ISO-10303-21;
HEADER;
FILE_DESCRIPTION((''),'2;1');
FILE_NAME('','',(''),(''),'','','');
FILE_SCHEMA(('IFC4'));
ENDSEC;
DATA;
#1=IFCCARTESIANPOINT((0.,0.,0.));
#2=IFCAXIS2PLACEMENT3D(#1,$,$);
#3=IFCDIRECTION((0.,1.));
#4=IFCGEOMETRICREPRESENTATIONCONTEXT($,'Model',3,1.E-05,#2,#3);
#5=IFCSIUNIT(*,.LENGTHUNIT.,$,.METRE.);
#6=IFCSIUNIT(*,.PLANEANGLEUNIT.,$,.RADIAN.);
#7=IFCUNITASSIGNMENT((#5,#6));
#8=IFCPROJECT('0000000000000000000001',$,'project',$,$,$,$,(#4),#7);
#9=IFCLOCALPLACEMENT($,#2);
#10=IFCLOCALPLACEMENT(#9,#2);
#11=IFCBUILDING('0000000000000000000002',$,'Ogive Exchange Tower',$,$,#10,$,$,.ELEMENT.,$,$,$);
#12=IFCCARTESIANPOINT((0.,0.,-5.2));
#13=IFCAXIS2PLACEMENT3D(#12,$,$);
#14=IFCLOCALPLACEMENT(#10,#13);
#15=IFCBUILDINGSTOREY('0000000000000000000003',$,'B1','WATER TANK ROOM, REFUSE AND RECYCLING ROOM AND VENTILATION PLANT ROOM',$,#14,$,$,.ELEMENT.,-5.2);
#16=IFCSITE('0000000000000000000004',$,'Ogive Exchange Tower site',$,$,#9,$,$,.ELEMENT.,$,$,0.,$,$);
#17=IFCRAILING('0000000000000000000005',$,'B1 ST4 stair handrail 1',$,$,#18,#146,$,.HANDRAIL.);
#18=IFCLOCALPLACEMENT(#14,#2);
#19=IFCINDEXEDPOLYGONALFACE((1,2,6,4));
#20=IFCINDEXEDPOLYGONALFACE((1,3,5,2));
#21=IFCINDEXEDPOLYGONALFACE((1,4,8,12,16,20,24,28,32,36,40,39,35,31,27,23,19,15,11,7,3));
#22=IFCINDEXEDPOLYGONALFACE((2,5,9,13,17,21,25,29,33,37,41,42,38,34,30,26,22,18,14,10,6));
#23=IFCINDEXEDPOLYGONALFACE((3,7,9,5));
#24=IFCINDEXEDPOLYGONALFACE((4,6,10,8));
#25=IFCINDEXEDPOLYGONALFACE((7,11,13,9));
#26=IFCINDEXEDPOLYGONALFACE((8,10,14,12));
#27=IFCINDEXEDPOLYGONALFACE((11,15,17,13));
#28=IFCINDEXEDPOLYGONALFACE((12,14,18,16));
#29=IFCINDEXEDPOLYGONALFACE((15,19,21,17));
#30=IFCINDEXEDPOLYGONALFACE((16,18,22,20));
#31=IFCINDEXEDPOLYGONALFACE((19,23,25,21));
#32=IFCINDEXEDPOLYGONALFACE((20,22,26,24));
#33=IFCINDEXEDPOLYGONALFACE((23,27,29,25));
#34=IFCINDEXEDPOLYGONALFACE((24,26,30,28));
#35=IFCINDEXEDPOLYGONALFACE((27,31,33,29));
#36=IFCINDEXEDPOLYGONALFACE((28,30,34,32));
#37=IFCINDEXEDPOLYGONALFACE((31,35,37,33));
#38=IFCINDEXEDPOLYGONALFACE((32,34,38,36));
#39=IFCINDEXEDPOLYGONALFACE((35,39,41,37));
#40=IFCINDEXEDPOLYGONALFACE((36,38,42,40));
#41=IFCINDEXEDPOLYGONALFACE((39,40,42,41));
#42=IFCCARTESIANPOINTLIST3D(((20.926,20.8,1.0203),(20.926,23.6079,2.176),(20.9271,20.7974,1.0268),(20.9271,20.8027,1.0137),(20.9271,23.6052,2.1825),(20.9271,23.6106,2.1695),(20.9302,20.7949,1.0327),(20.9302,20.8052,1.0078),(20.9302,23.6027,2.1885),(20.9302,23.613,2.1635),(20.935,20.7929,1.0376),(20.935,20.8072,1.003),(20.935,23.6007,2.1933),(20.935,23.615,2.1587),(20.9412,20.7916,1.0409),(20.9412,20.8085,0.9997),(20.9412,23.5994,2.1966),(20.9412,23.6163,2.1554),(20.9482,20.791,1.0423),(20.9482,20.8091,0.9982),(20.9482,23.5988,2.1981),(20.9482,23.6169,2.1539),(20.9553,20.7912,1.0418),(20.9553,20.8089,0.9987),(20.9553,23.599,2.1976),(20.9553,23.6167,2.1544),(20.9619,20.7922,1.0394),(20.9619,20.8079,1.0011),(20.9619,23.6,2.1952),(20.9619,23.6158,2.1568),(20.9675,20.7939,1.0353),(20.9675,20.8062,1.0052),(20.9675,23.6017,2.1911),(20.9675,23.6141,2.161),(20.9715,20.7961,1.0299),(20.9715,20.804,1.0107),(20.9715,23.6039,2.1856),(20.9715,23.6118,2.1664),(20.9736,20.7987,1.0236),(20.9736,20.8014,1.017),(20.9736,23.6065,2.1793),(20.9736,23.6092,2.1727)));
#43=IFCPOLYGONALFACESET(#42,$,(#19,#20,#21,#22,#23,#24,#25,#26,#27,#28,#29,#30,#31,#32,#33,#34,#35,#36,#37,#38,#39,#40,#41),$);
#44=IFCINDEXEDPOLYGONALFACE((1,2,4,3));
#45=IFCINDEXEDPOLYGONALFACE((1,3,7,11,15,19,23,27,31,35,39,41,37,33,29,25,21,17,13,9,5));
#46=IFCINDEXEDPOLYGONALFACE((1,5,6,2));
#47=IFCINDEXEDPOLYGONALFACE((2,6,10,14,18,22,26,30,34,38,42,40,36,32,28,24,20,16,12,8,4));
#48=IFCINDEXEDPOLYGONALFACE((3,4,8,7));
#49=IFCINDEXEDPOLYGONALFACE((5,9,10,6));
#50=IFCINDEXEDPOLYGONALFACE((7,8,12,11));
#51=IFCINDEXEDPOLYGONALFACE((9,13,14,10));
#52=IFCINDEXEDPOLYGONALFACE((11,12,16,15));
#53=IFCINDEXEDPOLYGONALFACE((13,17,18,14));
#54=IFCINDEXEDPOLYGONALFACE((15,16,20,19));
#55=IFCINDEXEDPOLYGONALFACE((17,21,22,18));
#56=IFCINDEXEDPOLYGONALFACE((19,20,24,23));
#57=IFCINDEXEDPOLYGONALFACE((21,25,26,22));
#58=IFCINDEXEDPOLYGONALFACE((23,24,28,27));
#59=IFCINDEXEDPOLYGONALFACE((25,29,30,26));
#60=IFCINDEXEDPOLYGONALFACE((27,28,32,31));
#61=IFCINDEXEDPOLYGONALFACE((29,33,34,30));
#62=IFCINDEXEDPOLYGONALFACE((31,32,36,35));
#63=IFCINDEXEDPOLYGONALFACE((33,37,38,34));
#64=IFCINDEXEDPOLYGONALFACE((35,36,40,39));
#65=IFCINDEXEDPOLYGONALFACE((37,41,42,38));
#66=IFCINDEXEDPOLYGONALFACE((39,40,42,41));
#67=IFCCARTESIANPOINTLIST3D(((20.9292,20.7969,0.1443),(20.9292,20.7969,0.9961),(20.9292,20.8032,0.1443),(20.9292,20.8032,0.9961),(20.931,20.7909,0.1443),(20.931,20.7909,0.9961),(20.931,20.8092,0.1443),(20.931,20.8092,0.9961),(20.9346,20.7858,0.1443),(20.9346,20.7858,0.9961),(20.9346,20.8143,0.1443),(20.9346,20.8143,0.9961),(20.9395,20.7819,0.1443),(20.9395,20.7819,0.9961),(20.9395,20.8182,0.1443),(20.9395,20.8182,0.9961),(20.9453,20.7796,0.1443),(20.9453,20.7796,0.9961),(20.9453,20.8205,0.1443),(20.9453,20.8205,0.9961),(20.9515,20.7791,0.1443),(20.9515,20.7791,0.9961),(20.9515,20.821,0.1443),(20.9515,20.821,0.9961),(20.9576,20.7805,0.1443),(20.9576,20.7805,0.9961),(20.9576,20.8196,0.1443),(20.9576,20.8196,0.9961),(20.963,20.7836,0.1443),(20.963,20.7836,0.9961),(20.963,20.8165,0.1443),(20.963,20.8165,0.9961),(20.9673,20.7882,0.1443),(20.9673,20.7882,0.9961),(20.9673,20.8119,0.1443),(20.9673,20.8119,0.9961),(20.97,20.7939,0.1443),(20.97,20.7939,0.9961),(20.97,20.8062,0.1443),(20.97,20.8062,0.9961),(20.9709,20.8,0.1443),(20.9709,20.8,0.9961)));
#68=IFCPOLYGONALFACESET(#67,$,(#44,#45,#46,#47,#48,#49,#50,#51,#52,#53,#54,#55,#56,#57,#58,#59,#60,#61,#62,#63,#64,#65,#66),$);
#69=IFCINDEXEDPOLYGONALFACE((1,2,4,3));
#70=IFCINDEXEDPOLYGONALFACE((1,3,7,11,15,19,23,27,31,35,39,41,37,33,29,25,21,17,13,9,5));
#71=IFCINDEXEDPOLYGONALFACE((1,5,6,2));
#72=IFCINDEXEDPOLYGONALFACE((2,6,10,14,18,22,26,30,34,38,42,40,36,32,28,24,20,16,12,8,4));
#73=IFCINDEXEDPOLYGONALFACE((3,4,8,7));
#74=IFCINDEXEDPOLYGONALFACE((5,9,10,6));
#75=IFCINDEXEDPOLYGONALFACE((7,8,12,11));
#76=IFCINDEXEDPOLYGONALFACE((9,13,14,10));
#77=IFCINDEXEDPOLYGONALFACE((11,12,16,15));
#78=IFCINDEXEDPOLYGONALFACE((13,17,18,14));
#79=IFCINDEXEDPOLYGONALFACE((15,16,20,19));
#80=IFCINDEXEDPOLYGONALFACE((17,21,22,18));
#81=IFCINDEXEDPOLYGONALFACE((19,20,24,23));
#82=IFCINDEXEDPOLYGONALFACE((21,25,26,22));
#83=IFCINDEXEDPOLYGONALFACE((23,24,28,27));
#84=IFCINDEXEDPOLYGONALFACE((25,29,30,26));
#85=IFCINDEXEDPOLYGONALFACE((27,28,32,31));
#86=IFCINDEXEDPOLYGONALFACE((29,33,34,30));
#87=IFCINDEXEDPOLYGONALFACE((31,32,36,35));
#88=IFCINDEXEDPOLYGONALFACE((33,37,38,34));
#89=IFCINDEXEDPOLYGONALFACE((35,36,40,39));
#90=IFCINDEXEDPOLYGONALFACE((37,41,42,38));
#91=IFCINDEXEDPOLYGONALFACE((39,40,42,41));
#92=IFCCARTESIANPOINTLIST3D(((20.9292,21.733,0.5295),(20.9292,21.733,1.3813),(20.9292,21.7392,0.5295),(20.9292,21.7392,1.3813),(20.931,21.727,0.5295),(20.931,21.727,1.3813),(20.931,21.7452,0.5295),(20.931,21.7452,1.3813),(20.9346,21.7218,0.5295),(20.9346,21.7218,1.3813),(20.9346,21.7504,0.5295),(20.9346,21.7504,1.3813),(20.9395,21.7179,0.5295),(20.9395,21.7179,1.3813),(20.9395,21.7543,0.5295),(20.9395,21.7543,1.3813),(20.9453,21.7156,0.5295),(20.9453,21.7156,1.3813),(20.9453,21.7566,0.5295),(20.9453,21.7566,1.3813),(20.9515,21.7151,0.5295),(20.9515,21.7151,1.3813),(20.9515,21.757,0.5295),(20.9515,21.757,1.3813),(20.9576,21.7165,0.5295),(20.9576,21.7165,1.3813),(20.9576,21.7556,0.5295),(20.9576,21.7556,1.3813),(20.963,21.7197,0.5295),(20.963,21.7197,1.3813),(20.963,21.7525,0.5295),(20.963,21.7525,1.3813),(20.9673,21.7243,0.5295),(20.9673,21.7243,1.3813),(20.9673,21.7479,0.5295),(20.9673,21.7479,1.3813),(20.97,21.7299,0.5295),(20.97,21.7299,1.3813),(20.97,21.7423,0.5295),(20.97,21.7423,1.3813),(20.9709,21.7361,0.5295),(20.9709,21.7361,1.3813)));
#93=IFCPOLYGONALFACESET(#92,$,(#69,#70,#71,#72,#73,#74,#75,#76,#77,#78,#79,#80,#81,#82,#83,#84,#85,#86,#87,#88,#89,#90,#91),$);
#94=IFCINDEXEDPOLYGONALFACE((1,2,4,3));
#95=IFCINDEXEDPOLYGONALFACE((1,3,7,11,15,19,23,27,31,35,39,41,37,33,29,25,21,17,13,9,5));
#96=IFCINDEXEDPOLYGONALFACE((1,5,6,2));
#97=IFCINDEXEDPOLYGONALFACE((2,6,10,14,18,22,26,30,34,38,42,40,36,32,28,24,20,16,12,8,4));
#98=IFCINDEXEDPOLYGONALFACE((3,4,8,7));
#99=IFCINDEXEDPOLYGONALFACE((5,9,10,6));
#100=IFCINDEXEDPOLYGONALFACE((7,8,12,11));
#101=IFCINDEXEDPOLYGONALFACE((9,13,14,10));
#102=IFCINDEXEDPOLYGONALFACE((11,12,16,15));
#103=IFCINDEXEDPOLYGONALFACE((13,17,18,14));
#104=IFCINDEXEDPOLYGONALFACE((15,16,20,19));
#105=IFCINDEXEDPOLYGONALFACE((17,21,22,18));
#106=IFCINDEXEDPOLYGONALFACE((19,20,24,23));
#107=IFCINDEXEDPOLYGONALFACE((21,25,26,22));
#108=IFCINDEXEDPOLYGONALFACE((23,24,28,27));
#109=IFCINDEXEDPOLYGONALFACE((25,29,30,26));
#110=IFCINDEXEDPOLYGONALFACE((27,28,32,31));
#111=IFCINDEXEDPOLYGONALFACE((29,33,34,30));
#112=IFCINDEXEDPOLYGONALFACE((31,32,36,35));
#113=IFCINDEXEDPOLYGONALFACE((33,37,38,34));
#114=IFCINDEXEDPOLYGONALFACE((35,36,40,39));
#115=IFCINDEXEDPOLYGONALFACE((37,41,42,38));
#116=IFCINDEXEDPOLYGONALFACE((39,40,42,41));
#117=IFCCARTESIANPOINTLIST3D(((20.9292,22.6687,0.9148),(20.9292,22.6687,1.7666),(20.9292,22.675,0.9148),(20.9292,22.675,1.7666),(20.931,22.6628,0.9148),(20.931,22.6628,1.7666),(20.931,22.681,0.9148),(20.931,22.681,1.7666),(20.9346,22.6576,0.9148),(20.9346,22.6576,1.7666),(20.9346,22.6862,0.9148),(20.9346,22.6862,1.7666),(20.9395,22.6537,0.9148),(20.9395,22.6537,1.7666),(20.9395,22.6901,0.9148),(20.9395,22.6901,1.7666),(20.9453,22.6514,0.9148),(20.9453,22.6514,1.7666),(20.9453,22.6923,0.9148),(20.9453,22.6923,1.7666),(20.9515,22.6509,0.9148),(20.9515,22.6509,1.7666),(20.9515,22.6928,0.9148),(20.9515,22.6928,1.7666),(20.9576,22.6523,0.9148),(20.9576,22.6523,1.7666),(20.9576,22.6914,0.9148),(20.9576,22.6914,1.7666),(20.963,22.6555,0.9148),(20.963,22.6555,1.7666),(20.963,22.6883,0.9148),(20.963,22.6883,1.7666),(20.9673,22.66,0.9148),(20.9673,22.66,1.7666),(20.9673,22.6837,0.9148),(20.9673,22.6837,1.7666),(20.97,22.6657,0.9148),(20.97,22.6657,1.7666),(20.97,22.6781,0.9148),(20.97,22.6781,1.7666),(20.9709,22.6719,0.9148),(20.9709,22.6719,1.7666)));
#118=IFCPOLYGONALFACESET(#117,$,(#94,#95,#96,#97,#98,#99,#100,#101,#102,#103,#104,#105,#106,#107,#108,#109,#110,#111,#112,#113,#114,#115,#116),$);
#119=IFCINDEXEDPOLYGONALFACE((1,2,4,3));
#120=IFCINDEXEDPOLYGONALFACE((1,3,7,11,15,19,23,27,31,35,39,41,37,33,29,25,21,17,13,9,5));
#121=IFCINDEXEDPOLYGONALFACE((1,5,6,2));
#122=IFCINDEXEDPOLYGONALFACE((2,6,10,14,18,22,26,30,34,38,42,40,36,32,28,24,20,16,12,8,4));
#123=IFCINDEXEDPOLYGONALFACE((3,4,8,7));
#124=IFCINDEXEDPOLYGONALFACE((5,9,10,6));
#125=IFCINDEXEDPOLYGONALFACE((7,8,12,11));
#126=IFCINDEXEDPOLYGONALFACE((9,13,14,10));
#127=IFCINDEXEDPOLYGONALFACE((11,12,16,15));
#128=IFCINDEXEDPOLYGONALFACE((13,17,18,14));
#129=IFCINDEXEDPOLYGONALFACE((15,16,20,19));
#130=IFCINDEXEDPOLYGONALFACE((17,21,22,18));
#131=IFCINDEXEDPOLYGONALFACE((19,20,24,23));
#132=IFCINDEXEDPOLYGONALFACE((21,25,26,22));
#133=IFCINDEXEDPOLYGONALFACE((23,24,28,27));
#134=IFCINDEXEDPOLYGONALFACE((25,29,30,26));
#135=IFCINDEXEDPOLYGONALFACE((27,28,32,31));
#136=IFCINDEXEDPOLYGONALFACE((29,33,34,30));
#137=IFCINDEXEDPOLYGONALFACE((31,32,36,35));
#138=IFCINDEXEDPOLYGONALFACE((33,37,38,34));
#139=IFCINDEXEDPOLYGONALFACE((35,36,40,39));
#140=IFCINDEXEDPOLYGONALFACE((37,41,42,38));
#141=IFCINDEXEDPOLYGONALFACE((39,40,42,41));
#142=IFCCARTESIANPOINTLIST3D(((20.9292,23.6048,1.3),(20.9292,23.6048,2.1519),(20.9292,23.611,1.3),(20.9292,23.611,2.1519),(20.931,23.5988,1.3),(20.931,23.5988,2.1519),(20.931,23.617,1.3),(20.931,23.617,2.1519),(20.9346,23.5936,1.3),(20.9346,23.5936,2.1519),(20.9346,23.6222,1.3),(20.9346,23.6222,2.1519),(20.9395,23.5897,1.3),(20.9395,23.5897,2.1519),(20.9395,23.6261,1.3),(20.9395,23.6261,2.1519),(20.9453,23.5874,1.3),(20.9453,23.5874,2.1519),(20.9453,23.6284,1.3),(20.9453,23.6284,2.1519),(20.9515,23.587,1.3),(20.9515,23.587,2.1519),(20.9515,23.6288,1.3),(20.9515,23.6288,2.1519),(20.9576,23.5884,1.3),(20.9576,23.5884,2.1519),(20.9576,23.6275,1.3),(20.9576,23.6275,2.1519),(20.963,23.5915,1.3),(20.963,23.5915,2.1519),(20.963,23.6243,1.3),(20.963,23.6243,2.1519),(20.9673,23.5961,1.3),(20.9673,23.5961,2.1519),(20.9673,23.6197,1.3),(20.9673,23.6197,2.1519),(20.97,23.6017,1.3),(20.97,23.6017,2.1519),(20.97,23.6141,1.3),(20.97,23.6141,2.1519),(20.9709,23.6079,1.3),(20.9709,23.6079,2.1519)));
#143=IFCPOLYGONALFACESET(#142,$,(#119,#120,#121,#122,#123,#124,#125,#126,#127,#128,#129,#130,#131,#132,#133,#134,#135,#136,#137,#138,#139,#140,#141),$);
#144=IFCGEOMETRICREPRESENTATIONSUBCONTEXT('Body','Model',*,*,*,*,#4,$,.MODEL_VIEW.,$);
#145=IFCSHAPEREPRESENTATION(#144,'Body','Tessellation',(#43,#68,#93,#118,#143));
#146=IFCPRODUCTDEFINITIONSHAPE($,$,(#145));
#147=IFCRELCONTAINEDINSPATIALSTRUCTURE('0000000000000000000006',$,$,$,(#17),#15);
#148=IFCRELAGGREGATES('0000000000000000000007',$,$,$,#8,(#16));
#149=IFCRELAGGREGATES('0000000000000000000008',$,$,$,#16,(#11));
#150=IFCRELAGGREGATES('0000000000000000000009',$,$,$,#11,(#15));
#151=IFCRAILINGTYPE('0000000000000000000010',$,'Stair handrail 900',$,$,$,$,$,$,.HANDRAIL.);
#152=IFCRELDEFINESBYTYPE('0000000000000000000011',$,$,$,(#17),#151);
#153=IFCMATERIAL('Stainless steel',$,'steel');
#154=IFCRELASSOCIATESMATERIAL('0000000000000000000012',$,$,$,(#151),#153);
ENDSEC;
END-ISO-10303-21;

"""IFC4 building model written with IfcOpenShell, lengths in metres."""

from ifc_helpers import new_model, si_unit, direction, frame, origin, origin_2d, place, context, subcontext, project, spatial, circle, extrude, material, type_object, element, save


model = new_model("IFC4")

# Units and contexts
model_context = context("Model", 3, precision=1e-05, world=origin(), true_north=direction((0.0, 1.0)))
body_context = subcontext(model_context, "Body", "Model", "MODEL_VIEW")
ifc_project = project(units=[si_unit("LENGTHUNIT", "METRE"), si_unit("PLANEANGLEUNIT", "RADIAN")], contexts=[model_context])

# Site, building, storey
site_placement = place(None, origin())
site = spatial("IfcSite", under=ifc_project, at=site_placement, Name="Ogive Exchange Tower site", CompositionType="ELEMENT", RefElevation=0.0)
building_placement = place(site_placement, origin())
building = spatial("IfcBuilding", under=site, at=building_placement, Name="Ogive Exchange Tower", CompositionType="ELEMENT")
storey_placement = place(building_placement, frame((0.0, 0.0, -5.2)))
storey = spatial("IfcBuildingStorey", under=building, at=storey_placement, Name="B1", Description="WATER TANK ROOM, REFUSE AND RECYCLING ROOM AND VENTILATION PLANT ROOM", CompositionType="ELEMENT", Elevation=-5.2)

# Railing
ifc_material_1 = material(Name="Stainless steel", Category="steel")
railing_type = type_object("IfcRailingType", Name="Stair handrail 900", PredefinedType="HANDRAIL", material=ifc_material_1)
railing_1_placement = place(storey_placement, frame((20.95, 20.8, 0.1443)))
element("IfcRailing", 1, at=railing_1_placement, inside=storey, type_object=railing_type, Name="B1 ST4 stair handrail 1", PredefinedType="HANDRAIL", context=body_context, shape_type="SweptSolid", body=[
    extrude(circle(Radius=0.0239, at=origin_2d()), frame((0.0, 0.0, 0.876), z_axis=(0.0, 0.924726, 0.380633), x_axis=(-1.0, 0.0, 0.0)), (0.0, 0.0, 1.0), 3.0364),
    extrude(circle(Radius=0.021, at=origin_2d()), origin(), (0.0, 0.0, 1.0), 0.8518),
    extrude(circle(Radius=0.021, at=origin_2d()), frame((0.0, 0.936, 0.3853)), (0.0, 0.0, 1.0), 0.8518),
    extrude(circle(Radius=0.021, at=origin_2d()), frame((0.0, 1.8718, 0.7705)), (0.0, 0.0, 1.0), 0.8518),
    extrude(circle(Radius=0.021, at=origin_2d()), frame((0.0, 2.8079, 1.1558)), (0.0, 0.0, 1.0), 0.8518),
])

save(model, "model.ifc")
